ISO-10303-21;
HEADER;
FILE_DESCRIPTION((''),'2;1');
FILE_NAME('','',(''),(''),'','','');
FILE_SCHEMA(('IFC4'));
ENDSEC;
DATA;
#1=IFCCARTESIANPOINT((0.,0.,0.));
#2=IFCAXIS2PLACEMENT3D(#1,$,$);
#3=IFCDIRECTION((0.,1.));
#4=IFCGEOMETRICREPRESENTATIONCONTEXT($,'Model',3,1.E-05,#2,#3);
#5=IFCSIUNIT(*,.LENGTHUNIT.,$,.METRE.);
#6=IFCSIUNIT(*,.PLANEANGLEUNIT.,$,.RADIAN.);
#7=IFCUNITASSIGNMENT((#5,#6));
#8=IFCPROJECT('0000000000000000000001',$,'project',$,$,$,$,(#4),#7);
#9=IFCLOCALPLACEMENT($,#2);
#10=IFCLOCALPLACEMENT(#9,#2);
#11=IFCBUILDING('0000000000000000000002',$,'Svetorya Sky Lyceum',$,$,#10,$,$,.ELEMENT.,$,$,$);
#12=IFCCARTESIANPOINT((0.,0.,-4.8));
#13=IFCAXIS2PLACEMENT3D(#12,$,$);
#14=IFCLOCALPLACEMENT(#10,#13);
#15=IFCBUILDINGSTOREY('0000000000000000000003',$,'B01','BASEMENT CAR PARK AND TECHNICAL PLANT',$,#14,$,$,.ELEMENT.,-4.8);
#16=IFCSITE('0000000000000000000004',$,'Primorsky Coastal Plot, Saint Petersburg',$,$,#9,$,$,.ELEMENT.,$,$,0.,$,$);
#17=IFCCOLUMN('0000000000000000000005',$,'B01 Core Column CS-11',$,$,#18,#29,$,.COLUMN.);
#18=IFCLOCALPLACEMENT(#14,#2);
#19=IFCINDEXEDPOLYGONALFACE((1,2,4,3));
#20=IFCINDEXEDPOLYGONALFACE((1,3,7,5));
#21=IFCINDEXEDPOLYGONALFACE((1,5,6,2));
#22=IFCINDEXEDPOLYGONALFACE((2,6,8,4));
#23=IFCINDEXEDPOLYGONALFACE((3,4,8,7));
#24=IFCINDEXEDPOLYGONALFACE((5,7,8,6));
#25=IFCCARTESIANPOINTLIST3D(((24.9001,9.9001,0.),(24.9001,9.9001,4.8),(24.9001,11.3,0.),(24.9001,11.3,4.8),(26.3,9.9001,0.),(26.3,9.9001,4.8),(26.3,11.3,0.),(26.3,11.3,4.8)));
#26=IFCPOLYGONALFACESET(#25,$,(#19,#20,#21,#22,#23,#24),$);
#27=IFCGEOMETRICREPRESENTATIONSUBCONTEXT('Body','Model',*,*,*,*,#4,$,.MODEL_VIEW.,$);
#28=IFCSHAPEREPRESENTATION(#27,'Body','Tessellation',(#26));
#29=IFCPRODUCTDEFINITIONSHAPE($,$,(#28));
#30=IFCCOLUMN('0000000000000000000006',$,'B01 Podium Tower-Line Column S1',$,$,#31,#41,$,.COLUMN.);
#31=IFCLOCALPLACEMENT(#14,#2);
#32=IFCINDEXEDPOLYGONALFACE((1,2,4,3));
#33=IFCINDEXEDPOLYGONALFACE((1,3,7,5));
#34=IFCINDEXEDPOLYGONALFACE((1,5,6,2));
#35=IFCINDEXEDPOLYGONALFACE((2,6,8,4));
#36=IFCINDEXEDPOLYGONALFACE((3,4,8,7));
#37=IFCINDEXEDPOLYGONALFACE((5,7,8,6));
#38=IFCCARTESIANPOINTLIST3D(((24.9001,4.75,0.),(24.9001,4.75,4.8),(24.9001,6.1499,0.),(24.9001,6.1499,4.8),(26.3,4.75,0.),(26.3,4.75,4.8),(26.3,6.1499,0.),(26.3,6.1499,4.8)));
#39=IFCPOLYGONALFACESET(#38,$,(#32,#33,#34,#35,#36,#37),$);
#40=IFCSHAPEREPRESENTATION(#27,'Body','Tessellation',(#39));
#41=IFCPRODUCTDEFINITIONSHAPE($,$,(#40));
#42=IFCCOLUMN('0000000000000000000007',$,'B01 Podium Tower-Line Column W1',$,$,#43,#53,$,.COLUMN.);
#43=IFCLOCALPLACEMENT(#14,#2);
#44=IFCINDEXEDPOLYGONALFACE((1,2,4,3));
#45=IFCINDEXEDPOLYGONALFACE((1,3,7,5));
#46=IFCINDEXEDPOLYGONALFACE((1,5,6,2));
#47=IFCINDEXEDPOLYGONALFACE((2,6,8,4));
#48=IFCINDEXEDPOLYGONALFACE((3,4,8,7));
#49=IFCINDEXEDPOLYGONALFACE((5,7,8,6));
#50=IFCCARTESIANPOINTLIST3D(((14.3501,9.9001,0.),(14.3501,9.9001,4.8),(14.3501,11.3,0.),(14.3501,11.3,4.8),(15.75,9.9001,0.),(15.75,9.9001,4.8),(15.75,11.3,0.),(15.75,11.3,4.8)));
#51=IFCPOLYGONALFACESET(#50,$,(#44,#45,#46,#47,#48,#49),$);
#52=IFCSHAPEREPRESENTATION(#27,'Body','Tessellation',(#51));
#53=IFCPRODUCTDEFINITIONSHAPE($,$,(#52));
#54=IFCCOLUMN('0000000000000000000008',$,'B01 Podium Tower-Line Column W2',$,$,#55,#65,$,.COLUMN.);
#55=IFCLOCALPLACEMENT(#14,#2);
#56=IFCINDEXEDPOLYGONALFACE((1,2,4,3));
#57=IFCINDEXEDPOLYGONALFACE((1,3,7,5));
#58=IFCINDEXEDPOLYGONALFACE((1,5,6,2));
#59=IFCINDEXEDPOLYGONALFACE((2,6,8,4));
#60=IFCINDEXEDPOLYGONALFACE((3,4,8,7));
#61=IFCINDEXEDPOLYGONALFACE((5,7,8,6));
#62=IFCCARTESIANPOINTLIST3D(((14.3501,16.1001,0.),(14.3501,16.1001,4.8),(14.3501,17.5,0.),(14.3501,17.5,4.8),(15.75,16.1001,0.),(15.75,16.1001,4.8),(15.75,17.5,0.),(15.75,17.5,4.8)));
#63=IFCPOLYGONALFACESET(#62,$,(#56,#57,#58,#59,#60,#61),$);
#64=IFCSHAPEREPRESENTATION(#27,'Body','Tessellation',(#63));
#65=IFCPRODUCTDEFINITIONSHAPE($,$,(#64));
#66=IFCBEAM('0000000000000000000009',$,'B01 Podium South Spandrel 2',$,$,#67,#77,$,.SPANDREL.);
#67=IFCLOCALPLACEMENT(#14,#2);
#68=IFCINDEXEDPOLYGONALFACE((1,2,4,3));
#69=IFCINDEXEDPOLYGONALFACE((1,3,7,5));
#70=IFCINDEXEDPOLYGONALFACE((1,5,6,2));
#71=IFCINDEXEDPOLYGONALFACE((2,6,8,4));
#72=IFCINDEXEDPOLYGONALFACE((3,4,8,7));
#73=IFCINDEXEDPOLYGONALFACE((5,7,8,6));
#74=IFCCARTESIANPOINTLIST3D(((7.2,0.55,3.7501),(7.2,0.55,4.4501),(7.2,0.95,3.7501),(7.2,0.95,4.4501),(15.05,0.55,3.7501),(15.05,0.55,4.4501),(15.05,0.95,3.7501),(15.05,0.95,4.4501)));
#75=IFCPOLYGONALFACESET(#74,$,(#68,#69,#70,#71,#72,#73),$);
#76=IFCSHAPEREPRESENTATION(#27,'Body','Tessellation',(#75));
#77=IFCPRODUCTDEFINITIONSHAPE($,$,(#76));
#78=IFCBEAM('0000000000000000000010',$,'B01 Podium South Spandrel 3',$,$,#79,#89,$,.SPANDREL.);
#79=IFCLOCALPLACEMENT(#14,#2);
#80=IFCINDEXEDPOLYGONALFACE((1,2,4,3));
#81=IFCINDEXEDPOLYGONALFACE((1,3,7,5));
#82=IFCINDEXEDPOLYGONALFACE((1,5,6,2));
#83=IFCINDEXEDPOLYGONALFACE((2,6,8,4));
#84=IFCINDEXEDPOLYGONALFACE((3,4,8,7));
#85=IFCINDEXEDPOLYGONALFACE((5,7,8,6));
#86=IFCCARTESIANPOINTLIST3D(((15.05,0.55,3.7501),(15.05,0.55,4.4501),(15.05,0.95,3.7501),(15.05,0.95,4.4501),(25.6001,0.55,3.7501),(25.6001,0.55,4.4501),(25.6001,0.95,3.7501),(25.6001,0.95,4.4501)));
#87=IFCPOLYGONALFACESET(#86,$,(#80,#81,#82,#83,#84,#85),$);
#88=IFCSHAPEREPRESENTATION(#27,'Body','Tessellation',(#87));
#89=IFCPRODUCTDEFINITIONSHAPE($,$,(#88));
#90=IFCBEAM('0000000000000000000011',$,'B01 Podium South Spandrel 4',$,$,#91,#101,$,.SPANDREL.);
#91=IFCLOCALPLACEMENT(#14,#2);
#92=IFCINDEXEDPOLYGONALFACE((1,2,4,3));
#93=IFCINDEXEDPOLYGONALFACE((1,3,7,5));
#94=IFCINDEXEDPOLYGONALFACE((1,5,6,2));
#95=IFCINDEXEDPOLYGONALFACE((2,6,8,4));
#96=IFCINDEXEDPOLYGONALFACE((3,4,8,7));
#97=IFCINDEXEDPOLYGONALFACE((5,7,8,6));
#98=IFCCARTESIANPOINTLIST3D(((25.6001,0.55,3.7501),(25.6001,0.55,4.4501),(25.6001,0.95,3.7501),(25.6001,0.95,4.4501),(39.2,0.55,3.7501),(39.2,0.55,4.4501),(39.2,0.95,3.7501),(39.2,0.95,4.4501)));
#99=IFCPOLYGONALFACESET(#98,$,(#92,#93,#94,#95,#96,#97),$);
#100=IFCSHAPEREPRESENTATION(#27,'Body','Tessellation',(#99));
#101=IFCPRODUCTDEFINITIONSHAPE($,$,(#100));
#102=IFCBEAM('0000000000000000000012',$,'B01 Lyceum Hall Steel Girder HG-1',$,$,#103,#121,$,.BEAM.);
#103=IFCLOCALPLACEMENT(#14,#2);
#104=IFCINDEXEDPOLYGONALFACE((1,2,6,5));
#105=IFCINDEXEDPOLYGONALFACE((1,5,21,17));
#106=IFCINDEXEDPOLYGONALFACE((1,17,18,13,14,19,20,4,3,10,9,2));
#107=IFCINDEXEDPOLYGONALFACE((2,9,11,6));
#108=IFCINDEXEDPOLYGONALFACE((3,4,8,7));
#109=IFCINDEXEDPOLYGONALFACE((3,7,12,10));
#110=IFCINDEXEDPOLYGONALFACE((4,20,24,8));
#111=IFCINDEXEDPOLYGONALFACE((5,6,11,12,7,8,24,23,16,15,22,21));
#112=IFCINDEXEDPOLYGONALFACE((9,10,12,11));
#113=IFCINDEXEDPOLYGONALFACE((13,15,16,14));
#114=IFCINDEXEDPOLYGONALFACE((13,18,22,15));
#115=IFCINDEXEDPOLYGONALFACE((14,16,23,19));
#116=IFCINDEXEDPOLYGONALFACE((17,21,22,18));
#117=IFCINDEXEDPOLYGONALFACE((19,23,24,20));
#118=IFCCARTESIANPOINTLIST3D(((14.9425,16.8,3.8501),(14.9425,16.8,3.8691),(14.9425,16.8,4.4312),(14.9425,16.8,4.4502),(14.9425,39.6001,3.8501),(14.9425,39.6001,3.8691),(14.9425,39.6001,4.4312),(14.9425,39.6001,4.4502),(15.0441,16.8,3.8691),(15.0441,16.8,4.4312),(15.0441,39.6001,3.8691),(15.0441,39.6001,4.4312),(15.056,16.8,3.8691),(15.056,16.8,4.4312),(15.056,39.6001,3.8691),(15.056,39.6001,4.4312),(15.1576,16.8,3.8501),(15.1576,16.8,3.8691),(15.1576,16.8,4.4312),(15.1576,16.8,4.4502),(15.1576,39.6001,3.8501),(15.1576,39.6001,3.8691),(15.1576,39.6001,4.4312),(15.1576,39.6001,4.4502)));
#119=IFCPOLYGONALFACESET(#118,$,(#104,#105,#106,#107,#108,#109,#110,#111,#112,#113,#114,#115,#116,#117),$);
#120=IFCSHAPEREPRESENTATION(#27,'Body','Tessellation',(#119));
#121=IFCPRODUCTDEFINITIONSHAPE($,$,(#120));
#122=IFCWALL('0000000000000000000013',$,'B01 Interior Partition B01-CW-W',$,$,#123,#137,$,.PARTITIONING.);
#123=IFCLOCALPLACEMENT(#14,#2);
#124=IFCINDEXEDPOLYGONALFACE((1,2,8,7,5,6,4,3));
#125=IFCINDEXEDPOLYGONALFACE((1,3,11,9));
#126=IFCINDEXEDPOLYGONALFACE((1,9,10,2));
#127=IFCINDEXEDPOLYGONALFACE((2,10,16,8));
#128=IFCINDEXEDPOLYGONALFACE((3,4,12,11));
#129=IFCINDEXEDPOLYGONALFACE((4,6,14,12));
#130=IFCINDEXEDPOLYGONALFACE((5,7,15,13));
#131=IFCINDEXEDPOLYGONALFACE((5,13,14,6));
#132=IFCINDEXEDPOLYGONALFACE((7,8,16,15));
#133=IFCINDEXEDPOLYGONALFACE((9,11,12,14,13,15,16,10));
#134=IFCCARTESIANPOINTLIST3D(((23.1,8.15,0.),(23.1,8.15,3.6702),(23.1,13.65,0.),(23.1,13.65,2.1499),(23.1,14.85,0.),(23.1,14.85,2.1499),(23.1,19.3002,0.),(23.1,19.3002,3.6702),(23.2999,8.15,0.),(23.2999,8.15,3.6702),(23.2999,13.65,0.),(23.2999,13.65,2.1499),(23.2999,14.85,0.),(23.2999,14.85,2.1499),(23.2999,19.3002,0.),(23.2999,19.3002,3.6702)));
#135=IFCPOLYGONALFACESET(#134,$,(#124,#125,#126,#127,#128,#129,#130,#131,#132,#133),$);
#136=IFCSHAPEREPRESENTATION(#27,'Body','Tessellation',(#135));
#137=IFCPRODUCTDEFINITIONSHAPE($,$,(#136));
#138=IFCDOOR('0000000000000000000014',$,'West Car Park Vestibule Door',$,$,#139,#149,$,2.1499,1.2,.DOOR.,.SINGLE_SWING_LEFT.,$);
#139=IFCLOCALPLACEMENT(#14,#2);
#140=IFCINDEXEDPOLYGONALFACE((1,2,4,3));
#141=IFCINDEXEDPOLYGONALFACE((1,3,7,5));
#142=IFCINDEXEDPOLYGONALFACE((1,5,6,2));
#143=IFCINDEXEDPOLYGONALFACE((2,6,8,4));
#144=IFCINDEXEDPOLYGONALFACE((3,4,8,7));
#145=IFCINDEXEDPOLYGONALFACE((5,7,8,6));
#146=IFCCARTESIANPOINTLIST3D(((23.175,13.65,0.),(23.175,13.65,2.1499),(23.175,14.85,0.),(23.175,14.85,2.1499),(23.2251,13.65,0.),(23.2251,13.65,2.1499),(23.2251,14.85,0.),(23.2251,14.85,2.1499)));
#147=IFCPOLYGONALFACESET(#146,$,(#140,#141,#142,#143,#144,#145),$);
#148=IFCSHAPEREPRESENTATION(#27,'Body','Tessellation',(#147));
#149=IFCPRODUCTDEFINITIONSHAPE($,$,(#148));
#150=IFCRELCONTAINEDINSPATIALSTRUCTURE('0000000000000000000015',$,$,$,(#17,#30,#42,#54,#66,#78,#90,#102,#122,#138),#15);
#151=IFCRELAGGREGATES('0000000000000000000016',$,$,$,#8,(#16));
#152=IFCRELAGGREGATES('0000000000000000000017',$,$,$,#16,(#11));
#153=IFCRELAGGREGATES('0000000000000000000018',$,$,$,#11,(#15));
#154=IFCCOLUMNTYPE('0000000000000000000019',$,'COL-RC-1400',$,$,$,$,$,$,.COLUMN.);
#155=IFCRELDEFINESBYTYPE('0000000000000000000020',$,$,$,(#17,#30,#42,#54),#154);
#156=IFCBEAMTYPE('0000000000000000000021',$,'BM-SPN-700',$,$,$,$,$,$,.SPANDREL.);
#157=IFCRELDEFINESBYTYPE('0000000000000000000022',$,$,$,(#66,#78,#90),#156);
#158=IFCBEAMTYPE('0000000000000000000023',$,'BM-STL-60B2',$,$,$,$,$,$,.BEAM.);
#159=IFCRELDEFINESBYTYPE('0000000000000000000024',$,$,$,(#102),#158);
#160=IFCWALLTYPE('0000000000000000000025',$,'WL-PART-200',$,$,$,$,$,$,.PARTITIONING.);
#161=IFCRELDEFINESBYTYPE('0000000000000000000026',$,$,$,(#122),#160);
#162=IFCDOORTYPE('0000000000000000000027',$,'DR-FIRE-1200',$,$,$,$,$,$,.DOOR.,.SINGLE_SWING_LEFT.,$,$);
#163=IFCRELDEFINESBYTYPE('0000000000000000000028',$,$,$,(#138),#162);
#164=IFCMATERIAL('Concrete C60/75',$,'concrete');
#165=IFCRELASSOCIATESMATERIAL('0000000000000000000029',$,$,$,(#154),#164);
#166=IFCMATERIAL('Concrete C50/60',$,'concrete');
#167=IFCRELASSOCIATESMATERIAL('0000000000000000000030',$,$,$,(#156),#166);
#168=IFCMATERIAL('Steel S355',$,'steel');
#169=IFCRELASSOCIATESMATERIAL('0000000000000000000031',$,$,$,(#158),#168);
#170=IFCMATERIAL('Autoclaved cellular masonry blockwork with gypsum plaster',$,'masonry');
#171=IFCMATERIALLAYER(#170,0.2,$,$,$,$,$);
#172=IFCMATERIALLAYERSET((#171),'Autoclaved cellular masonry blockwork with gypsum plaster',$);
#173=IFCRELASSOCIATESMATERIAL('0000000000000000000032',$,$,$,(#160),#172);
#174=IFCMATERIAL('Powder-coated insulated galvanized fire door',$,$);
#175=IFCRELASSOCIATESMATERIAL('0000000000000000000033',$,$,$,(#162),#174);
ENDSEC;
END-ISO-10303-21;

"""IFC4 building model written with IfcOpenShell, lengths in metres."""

from ifc_helpers import new_model, si_unit, direction, frame, frame_2d, origin, origin_2d, place, context, subcontext, project, spatial, rectangle, i_section, extrude, material, layer, layer_set, material_profile, profile_set, type_object, element, fill, save


model = new_model("IFC4")

# Units and contexts
model_context = context("Model", 3, precision=1e-05, world=origin(), true_north=direction((0.0, 1.0)))
body_context = subcontext(model_context, "Body", "Model", "MODEL_VIEW")
ifc_project = project(units=[si_unit("LENGTHUNIT", "METRE"), si_unit("PLANEANGLEUNIT", "RADIAN")], contexts=[model_context])

# Site, building, storey
site_placement = place(None, origin())
site = spatial("IfcSite", under=ifc_project, at=site_placement, Name="Primorsky Coastal Plot, Saint Petersburg", CompositionType="ELEMENT", RefElevation=0.0)
building_placement = place(site_placement, origin())
building = spatial("IfcBuilding", under=site, at=building_placement, Name="Svetorya Sky Lyceum", CompositionType="ELEMENT")
storey_placement = place(building_placement, frame((0.0, 0.0, -4.8)))
storey = spatial("IfcBuildingStorey", under=building, at=storey_placement, Name="B01", Description="BASEMENT CAR PARK AND TECHNICAL PLANT", CompositionType="ELEMENT", Elevation=-4.8)

# Columns
ifc_material_1 = material(Name="Concrete C60/75", Category="concrete")
ifc_material_profile_1 = material_profile(ifc_material_1, rectangle(XDim=1.3999, YDim=1.3999, at=origin_2d()), Name="RC COL 1400x1400")
ifc_profile_set_1 = profile_set([ifc_material_profile_1], Name="Concrete C60/75")
column_type_1 = type_object("IfcColumnType", Name="COL-RC-1400", PredefinedType="COLUMN", material=ifc_profile_set_1)
for number, where, z_axis, x_axis, name in (
    (1, (25.6001, 10.6001, 0.0), (0.0, 0.0, 1.0), (1.0, 0.0, 0.0), "B01 Core Column CS-11"),
    (2, (25.6001, 5.45, 0.0), (0.0, 0.0, 1.0), (1.0, 0.0, 0.0), "B01 Podium Tower-Line Column S1"),
    (3, (15.05, 10.6001, 0.0), (0.0, 0.0, 1.0), (1.0, 0.0, 0.0), "B01 Podium Tower-Line Column W1"),
    (4, (15.05, 16.8, 0.0), (0.0, 0.0, 1.0), (1.0, 0.0, 0.0), "B01 Podium Tower-Line Column W2"),
):
    element("IfcColumn", number, at=place(storey_placement, frame(where, z_axis=z_axis, x_axis=x_axis)), inside=storey, type_object=column_type_1, Name=name, PredefinedType="COLUMN", context=body_context, shape_type="SweptSolid", body=[
        extrude(rectangle(XDim=1.3999, YDim=1.3999, at=origin_2d()), origin(), (0.0, 0.0, 1.0), 4.8),
    ])

# Beams
ifc_material_2 = material(Name="Concrete C50/60", Category="concrete")
ifc_material_profile_2 = material_profile(ifc_material_2, rectangle(XDim=0.3999, YDim=0.7, at=origin_2d()), Name="RC SPANDREL 400x700")
ifc_profile_set_2 = profile_set([ifc_material_profile_2], Name="Concrete C50/60")
beam_type_1 = type_object("IfcBeamType", Name="BM-SPN-700", PredefinedType="SPANDREL", material=ifc_profile_set_2)
beam_1_placement = place(storey_placement, frame((7.2, 0.75, 4.1001), z_axis=(1.0, 0.0, 0.0), x_axis=(0.0, 1.0, 0.0)))
element("IfcBeam", 5, at=beam_1_placement, inside=storey, type_object=beam_type_1, Name="B01 Podium South Spandrel 2", PredefinedType="SPANDREL", context=body_context, shape_type="SweptSolid", body=[
    extrude(rectangle(XDim=0.3999, YDim=0.7, at=origin_2d()), origin(), (0.0, 0.0, 1.0), 7.8501),
])
beam_2_placement = place(storey_placement, frame((15.05, 0.75, 4.1001), z_axis=(1.0, 0.0, 0.0), x_axis=(0.0, 1.0, 0.0)))
element("IfcBeam", 6, at=beam_2_placement, inside=storey, type_object=beam_type_1, Name="B01 Podium South Spandrel 3", PredefinedType="SPANDREL", context=body_context, shape_type="SweptSolid", body=[
    extrude(rectangle(XDim=0.3999, YDim=0.7, at=origin_2d()), origin(), (0.0, 0.0, 1.0), 10.55),
])
beam_3_placement = place(storey_placement, frame((25.6001, 0.75, 4.1001), z_axis=(1.0, 0.0, 0.0), x_axis=(0.0, 1.0, 0.0)))
element("IfcBeam", 7, at=beam_3_placement, inside=storey, type_object=beam_type_1, Name="B01 Podium South Spandrel 4", PredefinedType="SPANDREL", context=body_context, shape_type="SweptSolid", body=[
    extrude(rectangle(XDim=0.3999, YDim=0.7, at=origin_2d()), origin(), (0.0, 0.0, 1.0), 13.5999),
])
ifc_material_3 = material(Name="Steel S355", Category="steel")
ifc_material_profile_3 = material_profile(ifc_material_3, i_section(OverallWidth=0.2151, OverallDepth=0.6001, WebThickness=0.012, FlangeThickness=0.019, at=origin_2d()), Name="GOST 60B2")
ifc_profile_set_3 = profile_set([ifc_material_profile_3], Name="Steel S355")
beam_type_2 = type_object("IfcBeamType", Name="BM-STL-60B2", PredefinedType="BEAM", material=ifc_profile_set_3)
beam_4_placement = place(storey_placement, frame((15.05, 16.8, 4.1501), z_axis=(0.0, 1.0, 0.0), x_axis=(-1.0, 0.0, 0.0)))
element("IfcBeam", 8, at=beam_4_placement, inside=storey, type_object=beam_type_2, Name="B01 Lyceum Hall Steel Girder HG-1", PredefinedType="BEAM", context=body_context, shape_type="SweptSolid", body=[
    extrude(i_section(OverallWidth=0.2151, OverallDepth=0.6001, WebThickness=0.012, FlangeThickness=0.019, at=origin_2d()), origin(), (0.0, 0.0, 1.0), 22.8),
])

# Wall, opening, door
ifc_material_4 = material(Name="Autoclaved cellular masonry blockwork with gypsum plaster", Category="masonry")
ifc_layer = layer(ifc_material_4, 0.2)
ifc_layer_set = layer_set([ifc_layer], Name="Autoclaved cellular masonry blockwork with gypsum plaster")
wall_type = type_object("IfcWallType", Name="WL-PART-200", PredefinedType="PARTITIONING", material=ifc_layer_set)
wall_1_placement = place(storey_placement, frame((23.2, 8.1499, 0.0), z_axis=(0.0, 0.0, 1.0), x_axis=(0.0, 1.0, 0.0)))
wall_1 = element("IfcWall", 9, at=wall_1_placement, inside=storey, type_object=wall_type, Name="B01 Interior Partition B01-CW-W", PredefinedType="PARTITIONING", context=body_context, shape_type="SweptSolid", body=[
    extrude(rectangle(XDim=11.1501, YDim=0.2, at=frame_2d((5.5752, 0.0))), origin(), (0.0, 0.0, 1.0), 3.6702),
])
opening_1_placement = place(wall_1_placement, frame((5.5, 0.0, 0.0)))
opening_1 = element("IfcOpeningElement", 10, at=opening_1_placement, cuts=wall_1, PredefinedType="OPENING", context=body_context, shape_type="SweptSolid", body=[
    extrude(rectangle(XDim=1.2, YDim=2.1499, at=frame_2d((0.6001, 1.075))), frame((0.0, 0.1099, 0.0), z_axis=(0.0, -1.0, 0.0), x_axis=(1.0, 0.0, 0.0)), (0.0, 0.0, 1.0), 0.22),
])
ifc_material_5 = material(Name="Powder-coated insulated galvanized fire door")
door_type = type_object("IfcDoorType", Name="DR-FIRE-1200", OperationType="SINGLE_SWING_LEFT", PredefinedType="DOOR", material=ifc_material_5)
door_1_placement = place(opening_1_placement, origin())
door_1 = element("IfcDoor", 11, at=door_1_placement, inside=storey, type_object=door_type, Name="West Car Park Vestibule Door", OperationType="SINGLE_SWING_LEFT", OverallHeight=2.1499, OverallWidth=1.2, PredefinedType="DOOR", context=body_context, shape_type="SweptSolid", body=[
    extrude(rectangle(XDim=1.2, YDim=2.1499, at=frame_2d((0.6001, 1.075))), frame((0.0, 0.0249, 0.0), z_axis=(0.0, -1.0, 0.0), x_axis=(1.0, 0.0, 0.0)), (0.0, 0.0, 1.0), 0.05),
])
fill(opening_1, door_1)

save(model, "model.ifc")
